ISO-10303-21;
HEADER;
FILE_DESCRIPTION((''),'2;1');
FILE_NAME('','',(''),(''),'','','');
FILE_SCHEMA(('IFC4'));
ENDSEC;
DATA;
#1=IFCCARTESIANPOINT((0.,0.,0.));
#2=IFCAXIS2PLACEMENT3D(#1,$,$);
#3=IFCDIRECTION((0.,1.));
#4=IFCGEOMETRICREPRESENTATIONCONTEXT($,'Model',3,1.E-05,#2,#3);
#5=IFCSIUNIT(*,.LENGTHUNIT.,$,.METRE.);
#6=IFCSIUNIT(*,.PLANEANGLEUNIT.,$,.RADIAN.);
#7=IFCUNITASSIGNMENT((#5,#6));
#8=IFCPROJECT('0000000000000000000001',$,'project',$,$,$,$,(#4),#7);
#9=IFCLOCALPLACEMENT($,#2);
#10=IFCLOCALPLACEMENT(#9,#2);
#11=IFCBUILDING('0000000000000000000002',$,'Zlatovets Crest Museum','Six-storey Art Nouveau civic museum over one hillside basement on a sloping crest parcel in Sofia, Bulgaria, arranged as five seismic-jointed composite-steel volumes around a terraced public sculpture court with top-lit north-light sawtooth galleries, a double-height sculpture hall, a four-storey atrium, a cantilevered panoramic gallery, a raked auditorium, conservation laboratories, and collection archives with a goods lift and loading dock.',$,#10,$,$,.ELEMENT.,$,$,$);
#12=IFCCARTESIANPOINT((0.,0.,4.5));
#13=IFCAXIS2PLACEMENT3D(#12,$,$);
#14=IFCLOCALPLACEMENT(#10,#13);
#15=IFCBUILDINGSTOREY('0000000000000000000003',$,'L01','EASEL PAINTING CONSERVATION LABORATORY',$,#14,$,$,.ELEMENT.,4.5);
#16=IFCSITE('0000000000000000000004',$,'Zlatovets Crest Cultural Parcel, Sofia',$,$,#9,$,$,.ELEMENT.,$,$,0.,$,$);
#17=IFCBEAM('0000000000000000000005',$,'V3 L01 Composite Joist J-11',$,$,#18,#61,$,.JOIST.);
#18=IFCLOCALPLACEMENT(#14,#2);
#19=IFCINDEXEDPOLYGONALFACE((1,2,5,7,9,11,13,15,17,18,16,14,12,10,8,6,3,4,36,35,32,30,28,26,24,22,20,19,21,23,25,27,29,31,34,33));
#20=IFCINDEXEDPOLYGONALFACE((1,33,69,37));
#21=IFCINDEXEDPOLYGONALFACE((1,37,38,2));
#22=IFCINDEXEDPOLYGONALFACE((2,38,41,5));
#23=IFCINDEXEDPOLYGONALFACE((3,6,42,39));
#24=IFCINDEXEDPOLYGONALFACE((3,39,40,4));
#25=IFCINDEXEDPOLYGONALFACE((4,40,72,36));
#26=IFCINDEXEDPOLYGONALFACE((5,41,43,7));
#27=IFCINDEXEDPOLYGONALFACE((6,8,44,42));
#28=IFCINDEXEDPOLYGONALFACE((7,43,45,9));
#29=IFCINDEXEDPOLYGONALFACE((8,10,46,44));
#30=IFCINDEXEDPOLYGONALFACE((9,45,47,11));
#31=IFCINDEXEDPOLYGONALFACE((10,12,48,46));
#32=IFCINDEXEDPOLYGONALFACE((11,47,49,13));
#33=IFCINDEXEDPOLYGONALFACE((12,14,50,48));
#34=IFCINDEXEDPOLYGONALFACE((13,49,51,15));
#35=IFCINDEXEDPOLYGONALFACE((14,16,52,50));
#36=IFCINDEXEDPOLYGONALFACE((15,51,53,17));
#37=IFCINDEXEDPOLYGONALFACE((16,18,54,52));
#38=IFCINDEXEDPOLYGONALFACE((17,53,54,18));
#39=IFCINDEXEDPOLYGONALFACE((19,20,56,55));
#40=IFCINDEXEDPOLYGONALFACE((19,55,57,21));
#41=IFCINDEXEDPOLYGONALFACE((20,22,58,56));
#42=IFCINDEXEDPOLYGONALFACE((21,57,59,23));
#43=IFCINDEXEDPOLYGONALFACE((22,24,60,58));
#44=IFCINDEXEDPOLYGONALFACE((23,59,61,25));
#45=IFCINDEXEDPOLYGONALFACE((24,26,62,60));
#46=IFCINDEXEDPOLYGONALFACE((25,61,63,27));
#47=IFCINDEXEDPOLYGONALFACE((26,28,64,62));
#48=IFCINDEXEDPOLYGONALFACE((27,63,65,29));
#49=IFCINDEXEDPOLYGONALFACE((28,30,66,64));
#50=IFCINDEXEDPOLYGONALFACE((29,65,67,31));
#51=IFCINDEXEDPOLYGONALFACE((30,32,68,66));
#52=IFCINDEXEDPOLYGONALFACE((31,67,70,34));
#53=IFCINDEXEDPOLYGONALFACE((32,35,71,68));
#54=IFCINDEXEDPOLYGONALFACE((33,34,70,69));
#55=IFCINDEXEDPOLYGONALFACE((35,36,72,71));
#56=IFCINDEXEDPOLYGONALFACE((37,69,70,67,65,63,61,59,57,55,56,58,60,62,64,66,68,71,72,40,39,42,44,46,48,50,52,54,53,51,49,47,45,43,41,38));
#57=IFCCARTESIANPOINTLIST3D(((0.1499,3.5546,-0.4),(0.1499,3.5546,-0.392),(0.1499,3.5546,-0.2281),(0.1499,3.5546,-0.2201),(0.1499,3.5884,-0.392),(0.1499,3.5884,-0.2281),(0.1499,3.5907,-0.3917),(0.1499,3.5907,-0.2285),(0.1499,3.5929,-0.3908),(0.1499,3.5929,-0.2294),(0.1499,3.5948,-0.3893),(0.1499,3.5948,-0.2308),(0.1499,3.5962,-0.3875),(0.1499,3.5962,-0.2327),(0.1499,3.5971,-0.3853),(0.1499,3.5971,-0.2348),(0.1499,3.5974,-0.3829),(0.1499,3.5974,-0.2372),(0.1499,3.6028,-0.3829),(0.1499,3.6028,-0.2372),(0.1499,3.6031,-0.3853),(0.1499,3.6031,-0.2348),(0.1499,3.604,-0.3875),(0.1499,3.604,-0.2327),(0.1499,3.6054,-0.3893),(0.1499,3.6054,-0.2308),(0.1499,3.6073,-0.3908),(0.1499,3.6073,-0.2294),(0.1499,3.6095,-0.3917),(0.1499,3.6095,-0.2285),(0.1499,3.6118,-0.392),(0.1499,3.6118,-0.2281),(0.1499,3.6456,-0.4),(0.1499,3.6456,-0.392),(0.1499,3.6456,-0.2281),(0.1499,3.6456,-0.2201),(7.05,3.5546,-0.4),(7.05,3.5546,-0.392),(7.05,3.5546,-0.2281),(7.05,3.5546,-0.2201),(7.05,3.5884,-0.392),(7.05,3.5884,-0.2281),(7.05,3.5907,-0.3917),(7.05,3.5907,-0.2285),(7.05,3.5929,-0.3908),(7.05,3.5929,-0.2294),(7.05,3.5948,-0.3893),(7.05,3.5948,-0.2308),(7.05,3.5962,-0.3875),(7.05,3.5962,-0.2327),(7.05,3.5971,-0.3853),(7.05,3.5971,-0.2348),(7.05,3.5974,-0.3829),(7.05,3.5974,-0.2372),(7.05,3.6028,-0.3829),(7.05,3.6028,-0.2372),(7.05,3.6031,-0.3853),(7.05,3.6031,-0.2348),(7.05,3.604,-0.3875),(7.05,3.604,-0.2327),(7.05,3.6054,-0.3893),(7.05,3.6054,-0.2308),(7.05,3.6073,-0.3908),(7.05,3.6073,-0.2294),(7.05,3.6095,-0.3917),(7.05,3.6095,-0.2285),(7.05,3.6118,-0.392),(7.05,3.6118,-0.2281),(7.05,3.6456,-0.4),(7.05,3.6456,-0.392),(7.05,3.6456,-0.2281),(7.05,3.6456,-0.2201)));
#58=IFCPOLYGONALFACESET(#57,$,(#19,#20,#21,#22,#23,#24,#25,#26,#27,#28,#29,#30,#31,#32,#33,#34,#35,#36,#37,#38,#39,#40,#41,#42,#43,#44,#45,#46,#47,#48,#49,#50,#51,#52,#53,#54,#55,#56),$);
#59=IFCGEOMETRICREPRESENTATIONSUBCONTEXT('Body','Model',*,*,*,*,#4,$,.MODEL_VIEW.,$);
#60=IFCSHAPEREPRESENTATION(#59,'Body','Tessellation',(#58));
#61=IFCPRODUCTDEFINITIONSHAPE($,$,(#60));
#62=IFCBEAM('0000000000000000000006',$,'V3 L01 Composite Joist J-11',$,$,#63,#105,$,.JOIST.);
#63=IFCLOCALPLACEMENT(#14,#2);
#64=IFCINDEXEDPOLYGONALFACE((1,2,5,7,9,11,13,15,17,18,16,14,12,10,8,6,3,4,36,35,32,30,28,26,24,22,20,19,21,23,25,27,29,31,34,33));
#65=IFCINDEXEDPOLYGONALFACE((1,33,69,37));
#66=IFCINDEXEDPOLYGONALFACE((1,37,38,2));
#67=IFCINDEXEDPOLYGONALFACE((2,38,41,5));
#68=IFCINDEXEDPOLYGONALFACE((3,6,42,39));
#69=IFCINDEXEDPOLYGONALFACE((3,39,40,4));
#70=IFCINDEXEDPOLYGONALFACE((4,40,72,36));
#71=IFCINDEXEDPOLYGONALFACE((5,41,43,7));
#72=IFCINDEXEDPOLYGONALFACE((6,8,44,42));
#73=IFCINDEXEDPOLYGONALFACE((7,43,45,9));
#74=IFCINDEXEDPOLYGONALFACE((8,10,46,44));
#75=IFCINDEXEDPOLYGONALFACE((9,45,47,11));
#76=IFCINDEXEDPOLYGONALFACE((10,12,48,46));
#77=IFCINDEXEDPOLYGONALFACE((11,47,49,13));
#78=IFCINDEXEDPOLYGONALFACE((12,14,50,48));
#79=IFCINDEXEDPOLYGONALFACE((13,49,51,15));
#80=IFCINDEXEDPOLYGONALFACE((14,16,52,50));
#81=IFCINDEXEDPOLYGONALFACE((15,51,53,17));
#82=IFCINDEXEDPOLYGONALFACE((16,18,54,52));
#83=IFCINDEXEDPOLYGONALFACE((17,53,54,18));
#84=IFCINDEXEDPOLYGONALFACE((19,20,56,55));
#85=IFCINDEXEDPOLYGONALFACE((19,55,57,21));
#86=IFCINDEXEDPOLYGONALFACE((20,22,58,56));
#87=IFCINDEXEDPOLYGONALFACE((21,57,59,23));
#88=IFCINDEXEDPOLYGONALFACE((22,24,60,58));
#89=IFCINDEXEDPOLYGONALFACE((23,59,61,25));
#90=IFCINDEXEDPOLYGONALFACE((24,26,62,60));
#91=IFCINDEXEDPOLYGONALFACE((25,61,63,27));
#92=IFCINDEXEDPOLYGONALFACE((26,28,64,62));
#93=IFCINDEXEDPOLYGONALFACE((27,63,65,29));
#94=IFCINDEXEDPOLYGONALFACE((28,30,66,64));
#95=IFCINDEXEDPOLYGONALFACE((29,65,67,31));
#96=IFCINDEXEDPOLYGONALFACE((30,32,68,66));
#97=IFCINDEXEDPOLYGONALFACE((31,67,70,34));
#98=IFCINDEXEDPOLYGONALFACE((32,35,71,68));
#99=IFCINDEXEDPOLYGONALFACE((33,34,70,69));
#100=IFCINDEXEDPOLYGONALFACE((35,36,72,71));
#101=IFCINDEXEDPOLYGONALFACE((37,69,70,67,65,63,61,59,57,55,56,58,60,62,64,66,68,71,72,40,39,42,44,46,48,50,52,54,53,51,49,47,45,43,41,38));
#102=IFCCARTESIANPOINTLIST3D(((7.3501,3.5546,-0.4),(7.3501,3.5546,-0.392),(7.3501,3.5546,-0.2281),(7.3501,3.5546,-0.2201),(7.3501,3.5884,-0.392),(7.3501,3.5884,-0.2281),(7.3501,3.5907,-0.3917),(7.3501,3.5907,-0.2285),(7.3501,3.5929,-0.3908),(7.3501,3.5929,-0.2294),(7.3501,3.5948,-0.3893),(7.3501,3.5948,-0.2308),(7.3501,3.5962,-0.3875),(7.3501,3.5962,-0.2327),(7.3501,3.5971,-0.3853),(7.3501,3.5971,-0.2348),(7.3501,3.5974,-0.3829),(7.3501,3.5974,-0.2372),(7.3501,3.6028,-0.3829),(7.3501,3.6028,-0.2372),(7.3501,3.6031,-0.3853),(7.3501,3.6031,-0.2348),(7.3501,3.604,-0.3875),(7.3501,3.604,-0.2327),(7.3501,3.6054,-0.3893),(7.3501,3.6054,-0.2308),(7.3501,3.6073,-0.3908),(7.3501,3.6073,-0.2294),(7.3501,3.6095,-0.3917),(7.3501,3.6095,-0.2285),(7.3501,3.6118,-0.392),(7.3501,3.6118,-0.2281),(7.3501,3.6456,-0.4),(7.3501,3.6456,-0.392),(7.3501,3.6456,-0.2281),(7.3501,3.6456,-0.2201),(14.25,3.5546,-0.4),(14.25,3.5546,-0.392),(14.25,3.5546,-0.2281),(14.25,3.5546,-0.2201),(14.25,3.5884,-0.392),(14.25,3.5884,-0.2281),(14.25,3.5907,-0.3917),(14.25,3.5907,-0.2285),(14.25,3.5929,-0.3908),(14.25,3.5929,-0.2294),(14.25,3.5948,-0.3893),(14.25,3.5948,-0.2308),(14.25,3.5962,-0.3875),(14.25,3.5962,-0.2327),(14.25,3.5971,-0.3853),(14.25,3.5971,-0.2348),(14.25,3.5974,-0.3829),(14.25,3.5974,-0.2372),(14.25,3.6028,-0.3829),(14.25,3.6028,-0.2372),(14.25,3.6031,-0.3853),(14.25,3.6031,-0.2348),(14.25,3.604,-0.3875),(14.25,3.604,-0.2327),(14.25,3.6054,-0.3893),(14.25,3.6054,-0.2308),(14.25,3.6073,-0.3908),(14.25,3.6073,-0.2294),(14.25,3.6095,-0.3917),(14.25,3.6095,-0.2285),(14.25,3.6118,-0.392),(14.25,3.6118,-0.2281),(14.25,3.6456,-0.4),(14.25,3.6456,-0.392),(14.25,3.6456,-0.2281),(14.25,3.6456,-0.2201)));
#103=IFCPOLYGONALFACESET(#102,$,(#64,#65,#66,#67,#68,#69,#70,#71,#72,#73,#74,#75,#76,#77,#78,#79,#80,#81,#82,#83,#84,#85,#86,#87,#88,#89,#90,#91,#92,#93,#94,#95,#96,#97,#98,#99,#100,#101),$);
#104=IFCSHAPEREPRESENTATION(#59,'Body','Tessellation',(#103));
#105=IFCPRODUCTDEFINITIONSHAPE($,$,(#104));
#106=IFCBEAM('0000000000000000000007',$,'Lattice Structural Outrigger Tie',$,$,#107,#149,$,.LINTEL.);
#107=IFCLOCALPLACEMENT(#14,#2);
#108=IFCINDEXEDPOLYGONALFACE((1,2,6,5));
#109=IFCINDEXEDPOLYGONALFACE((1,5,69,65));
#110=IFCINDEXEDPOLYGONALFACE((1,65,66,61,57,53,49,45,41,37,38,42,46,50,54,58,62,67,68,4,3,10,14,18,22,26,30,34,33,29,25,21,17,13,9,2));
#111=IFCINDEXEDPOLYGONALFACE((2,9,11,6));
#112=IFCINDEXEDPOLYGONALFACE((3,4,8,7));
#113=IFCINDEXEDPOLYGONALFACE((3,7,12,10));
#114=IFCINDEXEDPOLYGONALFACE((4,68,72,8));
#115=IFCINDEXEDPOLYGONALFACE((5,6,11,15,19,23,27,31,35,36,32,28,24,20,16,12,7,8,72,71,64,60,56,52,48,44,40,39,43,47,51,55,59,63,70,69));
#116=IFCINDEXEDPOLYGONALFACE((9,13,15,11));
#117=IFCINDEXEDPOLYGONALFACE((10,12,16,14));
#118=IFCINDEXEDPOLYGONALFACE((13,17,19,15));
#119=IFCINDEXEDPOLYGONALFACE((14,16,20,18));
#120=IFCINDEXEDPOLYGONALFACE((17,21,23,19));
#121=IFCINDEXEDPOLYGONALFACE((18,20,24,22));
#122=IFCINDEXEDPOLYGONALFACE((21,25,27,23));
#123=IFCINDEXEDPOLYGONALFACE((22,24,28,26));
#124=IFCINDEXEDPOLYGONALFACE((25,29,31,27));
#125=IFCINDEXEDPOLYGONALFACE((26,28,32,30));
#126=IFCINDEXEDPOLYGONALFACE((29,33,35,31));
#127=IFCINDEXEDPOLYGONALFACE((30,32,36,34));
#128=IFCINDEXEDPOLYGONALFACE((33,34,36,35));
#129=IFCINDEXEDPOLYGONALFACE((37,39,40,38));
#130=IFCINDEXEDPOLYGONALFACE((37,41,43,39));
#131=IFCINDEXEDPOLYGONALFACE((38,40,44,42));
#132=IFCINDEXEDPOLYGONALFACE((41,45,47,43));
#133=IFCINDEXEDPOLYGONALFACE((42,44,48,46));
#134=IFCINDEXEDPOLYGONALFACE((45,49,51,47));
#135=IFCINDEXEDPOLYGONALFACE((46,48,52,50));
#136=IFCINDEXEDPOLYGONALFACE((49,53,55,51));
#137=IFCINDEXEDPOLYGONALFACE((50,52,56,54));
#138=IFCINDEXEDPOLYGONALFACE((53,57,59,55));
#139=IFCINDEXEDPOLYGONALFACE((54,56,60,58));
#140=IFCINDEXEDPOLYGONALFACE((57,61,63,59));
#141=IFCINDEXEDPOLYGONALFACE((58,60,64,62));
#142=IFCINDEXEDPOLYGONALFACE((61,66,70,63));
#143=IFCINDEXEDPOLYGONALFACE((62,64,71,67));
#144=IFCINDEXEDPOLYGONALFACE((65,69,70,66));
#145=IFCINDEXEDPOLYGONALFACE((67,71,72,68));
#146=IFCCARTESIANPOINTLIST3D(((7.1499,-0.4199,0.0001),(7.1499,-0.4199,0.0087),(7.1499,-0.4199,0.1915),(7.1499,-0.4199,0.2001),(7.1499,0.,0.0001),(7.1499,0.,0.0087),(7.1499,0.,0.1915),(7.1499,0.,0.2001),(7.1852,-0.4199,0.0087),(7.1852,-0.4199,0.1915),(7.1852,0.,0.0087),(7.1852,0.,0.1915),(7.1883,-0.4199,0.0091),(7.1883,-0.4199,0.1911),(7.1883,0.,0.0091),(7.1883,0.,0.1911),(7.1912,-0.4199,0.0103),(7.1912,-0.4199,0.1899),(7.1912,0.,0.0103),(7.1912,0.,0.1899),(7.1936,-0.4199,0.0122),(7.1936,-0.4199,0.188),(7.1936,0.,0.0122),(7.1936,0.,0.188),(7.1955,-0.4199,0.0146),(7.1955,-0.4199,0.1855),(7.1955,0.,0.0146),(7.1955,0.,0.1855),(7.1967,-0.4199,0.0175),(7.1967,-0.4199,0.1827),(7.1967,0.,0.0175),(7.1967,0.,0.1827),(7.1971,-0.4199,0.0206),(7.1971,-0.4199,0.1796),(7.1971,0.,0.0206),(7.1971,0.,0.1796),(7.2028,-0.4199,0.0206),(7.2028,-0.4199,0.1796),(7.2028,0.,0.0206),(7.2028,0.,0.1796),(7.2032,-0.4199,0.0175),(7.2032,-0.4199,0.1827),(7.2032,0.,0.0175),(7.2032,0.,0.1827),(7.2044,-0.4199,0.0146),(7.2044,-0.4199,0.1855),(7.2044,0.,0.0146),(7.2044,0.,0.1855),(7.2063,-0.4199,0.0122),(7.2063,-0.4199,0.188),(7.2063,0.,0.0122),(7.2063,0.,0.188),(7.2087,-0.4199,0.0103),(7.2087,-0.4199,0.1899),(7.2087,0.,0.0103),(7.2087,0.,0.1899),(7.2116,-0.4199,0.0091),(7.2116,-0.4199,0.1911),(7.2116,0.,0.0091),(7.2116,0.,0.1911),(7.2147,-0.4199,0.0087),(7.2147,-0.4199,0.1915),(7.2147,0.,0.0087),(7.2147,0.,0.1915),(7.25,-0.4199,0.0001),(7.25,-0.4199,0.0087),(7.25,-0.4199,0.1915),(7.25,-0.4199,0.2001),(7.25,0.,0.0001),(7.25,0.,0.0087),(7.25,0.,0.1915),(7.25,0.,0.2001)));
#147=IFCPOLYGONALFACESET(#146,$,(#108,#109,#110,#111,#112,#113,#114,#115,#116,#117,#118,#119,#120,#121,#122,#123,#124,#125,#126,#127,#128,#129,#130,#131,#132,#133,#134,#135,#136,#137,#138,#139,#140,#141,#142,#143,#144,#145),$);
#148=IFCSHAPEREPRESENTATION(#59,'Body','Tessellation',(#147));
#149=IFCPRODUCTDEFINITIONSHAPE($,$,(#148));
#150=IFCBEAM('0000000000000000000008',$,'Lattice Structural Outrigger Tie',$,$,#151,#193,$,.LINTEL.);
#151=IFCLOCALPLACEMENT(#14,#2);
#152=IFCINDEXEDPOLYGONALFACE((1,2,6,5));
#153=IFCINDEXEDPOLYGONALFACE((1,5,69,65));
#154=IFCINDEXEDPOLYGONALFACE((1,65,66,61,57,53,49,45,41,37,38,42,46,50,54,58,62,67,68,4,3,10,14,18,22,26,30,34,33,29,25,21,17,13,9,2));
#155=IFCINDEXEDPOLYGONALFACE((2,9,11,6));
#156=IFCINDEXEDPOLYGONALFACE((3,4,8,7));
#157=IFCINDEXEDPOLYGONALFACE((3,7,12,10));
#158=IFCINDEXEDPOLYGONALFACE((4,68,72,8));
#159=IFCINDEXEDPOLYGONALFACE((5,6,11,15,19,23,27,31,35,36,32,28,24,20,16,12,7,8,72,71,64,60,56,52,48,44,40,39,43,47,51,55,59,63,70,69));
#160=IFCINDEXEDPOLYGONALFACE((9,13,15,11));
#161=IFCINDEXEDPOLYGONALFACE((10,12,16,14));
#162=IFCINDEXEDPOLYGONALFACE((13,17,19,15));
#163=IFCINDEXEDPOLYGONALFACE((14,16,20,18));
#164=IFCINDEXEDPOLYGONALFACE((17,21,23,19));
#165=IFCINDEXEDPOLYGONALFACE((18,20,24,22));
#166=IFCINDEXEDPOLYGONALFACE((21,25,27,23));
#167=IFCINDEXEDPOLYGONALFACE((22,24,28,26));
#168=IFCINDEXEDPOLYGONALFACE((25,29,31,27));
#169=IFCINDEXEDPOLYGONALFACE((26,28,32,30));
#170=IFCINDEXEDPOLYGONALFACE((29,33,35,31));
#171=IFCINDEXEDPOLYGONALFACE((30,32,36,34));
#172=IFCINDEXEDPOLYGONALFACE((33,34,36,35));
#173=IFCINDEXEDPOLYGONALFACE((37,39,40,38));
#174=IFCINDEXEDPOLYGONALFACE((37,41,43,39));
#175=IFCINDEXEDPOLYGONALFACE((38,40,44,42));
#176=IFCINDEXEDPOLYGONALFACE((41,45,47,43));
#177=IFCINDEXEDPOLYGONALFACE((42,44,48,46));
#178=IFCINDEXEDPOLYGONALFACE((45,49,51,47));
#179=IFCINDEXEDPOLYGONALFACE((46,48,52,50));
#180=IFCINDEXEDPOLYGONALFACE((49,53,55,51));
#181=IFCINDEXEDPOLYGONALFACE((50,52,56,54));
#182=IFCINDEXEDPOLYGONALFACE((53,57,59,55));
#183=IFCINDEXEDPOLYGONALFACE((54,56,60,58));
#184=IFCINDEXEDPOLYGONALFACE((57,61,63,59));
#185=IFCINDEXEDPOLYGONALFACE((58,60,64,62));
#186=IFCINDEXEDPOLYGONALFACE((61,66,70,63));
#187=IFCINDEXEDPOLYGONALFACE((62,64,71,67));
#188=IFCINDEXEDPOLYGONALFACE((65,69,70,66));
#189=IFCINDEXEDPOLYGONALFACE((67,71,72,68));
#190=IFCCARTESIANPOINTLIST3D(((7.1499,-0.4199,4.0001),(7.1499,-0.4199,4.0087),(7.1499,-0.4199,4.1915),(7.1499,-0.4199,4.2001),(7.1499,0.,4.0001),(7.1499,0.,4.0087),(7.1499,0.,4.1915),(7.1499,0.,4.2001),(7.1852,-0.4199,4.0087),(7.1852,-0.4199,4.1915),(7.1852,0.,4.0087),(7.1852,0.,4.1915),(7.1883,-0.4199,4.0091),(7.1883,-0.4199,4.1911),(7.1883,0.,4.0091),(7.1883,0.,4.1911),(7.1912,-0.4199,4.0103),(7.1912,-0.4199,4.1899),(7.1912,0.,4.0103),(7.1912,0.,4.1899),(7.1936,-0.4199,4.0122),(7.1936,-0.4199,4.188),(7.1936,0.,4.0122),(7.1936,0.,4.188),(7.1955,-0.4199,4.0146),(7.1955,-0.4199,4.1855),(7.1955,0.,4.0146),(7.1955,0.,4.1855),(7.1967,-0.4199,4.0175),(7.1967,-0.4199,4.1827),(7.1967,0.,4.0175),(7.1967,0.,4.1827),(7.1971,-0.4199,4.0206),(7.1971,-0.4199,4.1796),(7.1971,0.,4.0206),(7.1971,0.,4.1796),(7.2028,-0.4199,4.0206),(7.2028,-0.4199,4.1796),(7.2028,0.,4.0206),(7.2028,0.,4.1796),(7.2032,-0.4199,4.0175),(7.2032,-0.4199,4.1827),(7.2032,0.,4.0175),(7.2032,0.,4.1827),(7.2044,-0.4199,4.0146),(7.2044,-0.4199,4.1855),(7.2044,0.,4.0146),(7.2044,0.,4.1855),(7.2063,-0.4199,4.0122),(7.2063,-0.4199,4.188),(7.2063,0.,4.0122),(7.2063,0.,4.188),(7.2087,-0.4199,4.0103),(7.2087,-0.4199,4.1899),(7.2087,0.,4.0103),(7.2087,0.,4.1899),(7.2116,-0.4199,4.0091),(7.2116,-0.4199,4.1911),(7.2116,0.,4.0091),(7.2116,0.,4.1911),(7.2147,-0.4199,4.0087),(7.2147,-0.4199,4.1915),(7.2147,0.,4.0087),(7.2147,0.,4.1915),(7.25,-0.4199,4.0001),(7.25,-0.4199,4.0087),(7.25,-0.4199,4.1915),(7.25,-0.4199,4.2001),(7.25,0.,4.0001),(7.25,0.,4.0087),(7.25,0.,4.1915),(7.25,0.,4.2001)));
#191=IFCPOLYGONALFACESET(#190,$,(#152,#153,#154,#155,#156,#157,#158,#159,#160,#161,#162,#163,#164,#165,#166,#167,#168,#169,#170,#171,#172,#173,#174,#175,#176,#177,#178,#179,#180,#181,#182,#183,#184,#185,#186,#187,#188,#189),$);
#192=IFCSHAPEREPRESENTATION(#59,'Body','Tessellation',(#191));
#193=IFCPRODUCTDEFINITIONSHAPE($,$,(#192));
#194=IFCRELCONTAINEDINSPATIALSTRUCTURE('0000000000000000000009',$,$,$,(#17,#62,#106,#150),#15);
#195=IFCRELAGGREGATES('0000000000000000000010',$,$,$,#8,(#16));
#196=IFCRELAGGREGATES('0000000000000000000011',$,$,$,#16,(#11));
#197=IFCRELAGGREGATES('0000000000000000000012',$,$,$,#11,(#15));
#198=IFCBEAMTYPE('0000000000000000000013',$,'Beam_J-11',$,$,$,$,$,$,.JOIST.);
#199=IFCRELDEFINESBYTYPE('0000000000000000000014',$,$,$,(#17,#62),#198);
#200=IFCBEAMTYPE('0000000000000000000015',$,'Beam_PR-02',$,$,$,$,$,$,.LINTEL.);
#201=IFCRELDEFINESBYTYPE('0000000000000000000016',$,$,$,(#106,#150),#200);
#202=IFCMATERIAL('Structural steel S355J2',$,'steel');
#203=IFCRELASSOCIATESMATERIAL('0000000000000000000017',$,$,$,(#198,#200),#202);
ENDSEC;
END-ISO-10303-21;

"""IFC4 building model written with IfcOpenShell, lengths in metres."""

from ifc_helpers import new_model, si_unit, direction, frame, origin, origin_2d, place, context, subcontext, project, spatial, i_section, extrude, material, material_profile, profile_set, type_object, element, save


model = new_model("IFC4")

# Units and contexts
model_context = context("Model", 3, precision=1e-05, world=origin(), true_north=direction((0.0, 1.0)))
body_context = subcontext(model_context, "Body", "Model", "MODEL_VIEW")
ifc_project = project(units=[si_unit("LENGTHUNIT", "METRE"), si_unit("PLANEANGLEUNIT", "RADIAN")], contexts=[model_context])

# Site, building, storey
site_placement = place(None, origin())
site = spatial("IfcSite", under=ifc_project, at=site_placement, Name="Zlatovets Crest Cultural Parcel, Sofia", CompositionType="ELEMENT", RefElevation=0.0)
building_placement = place(site_placement, origin())
building = spatial("IfcBuilding", under=site, at=building_placement, Name="Zlatovets Crest Museum", Description="Six-storey Art Nouveau civic museum over one hillside basement on a sloping crest parcel in Sofia, Bulgaria, arranged as five seismic-jointed composite-steel volumes around a terraced public sculpture court with top-lit north-light sawtooth galleries, a double-height sculpture hall, a four-storey atrium, a cantilevered panoramic gallery, a raked auditorium, conservation laboratories, and collection archives with a goods lift and loading dock.", CompositionType="ELEMENT")
storey_placement = place(building_placement, frame((0.0, 0.0, 4.5)))
storey = spatial("IfcBuildingStorey", under=building, at=storey_placement, Name="L01", Description="EASEL PAINTING CONSERVATION LABORATORY", CompositionType="ELEMENT", Elevation=4.5)

# Shared definitions
ifc_material_1 = material(Name="Structural steel S355J2", Category="steel")

# Beams
ifc_material_profile_1 = material_profile(ifc_material_1, i_section(OverallWidth=0.0911, OverallDepth=0.1799, WebThickness=0.0054, FlangeThickness=0.0081, FilletRadius=0.009, at=origin_2d()), Name="IPE 180")
ifc_profile_set_1 = profile_set([ifc_material_profile_1], Name="Structural steel S355J2")
beam_type_1 = type_object("IfcBeamType", Name="Beam_J-11", PredefinedType="JOIST", material=ifc_profile_set_1)
beam_1_placement = place(storey_placement, frame((0.1499, 3.6001, -0.3101), z_axis=(1.0, 0.0, 0.0), x_axis=(0.0, 1.0, 0.0)))
element("IfcBeam", 1, at=beam_1_placement, inside=storey, type_object=beam_type_1, Name="V3 L01 Composite Joist J-11", PredefinedType="JOIST", context=body_context, shape_type="SweptSolid", body=[
    extrude(i_section(OverallWidth=0.0911, OverallDepth=0.1799, WebThickness=0.0054, FlangeThickness=0.0081, FilletRadius=0.009, at=origin_2d()), origin(), (0.0, 0.0, 1.0), 6.9001),
])
beam_2_placement = place(storey_placement, frame((7.3501, 3.6001, -0.3101), z_axis=(1.0, 0.0, 0.0), x_axis=(0.0, 1.0, 0.0)))
element("IfcBeam", 2, at=beam_2_placement, inside=storey, type_object=beam_type_1, Name="V3 L01 Composite Joist J-11", PredefinedType="JOIST", context=body_context, shape_type="SweptSolid", body=[
    extrude(i_section(OverallWidth=0.0911, OverallDepth=0.1799, WebThickness=0.0054, FlangeThickness=0.0081, FilletRadius=0.009, at=origin_2d()), origin(), (0.0, 0.0, 1.0), 6.8999),
])
ifc_material_profile_2 = material_profile(ifc_material_1, i_section(OverallWidth=0.1001, OverallDepth=0.2, WebThickness=0.0056, FlangeThickness=0.0085, FilletRadius=0.012, at=origin_2d()), Name="IPE 200")
ifc_profile_set_2 = profile_set([ifc_material_profile_2], Name="Structural steel S355J2")
beam_type_2 = type_object("IfcBeamType", Name="Beam_PR-02", PredefinedType="LINTEL", material=ifc_profile_set_2)
for number, where, z_axis, x_axis, name in (
    (3, (7.2, 0.0, 0.1001), (0.0, -1.0, 0.0), (1.0, 0.0, 0.0), "Lattice Structural Outrigger Tie"),
    (4, (7.2, 0.0, 4.1001), (0.0, -1.0, 0.0), (1.0, 0.0, 0.0), "Lattice Structural Outrigger Tie"),
):
    element("IfcBeam", number, at=place(storey_placement, frame(where, z_axis=z_axis, x_axis=x_axis)), inside=storey, type_object=beam_type_2, Name=name, PredefinedType="LINTEL", context=body_context, shape_type="SweptSolid", body=[
        extrude(i_section(OverallWidth=0.1001, OverallDepth=0.2, WebThickness=0.0056, FlangeThickness=0.0085, FilletRadius=0.012, at=origin_2d()), origin(), (0.0, 0.0, 1.0), 0.4199),
    ])

save(model, "model.ifc")
